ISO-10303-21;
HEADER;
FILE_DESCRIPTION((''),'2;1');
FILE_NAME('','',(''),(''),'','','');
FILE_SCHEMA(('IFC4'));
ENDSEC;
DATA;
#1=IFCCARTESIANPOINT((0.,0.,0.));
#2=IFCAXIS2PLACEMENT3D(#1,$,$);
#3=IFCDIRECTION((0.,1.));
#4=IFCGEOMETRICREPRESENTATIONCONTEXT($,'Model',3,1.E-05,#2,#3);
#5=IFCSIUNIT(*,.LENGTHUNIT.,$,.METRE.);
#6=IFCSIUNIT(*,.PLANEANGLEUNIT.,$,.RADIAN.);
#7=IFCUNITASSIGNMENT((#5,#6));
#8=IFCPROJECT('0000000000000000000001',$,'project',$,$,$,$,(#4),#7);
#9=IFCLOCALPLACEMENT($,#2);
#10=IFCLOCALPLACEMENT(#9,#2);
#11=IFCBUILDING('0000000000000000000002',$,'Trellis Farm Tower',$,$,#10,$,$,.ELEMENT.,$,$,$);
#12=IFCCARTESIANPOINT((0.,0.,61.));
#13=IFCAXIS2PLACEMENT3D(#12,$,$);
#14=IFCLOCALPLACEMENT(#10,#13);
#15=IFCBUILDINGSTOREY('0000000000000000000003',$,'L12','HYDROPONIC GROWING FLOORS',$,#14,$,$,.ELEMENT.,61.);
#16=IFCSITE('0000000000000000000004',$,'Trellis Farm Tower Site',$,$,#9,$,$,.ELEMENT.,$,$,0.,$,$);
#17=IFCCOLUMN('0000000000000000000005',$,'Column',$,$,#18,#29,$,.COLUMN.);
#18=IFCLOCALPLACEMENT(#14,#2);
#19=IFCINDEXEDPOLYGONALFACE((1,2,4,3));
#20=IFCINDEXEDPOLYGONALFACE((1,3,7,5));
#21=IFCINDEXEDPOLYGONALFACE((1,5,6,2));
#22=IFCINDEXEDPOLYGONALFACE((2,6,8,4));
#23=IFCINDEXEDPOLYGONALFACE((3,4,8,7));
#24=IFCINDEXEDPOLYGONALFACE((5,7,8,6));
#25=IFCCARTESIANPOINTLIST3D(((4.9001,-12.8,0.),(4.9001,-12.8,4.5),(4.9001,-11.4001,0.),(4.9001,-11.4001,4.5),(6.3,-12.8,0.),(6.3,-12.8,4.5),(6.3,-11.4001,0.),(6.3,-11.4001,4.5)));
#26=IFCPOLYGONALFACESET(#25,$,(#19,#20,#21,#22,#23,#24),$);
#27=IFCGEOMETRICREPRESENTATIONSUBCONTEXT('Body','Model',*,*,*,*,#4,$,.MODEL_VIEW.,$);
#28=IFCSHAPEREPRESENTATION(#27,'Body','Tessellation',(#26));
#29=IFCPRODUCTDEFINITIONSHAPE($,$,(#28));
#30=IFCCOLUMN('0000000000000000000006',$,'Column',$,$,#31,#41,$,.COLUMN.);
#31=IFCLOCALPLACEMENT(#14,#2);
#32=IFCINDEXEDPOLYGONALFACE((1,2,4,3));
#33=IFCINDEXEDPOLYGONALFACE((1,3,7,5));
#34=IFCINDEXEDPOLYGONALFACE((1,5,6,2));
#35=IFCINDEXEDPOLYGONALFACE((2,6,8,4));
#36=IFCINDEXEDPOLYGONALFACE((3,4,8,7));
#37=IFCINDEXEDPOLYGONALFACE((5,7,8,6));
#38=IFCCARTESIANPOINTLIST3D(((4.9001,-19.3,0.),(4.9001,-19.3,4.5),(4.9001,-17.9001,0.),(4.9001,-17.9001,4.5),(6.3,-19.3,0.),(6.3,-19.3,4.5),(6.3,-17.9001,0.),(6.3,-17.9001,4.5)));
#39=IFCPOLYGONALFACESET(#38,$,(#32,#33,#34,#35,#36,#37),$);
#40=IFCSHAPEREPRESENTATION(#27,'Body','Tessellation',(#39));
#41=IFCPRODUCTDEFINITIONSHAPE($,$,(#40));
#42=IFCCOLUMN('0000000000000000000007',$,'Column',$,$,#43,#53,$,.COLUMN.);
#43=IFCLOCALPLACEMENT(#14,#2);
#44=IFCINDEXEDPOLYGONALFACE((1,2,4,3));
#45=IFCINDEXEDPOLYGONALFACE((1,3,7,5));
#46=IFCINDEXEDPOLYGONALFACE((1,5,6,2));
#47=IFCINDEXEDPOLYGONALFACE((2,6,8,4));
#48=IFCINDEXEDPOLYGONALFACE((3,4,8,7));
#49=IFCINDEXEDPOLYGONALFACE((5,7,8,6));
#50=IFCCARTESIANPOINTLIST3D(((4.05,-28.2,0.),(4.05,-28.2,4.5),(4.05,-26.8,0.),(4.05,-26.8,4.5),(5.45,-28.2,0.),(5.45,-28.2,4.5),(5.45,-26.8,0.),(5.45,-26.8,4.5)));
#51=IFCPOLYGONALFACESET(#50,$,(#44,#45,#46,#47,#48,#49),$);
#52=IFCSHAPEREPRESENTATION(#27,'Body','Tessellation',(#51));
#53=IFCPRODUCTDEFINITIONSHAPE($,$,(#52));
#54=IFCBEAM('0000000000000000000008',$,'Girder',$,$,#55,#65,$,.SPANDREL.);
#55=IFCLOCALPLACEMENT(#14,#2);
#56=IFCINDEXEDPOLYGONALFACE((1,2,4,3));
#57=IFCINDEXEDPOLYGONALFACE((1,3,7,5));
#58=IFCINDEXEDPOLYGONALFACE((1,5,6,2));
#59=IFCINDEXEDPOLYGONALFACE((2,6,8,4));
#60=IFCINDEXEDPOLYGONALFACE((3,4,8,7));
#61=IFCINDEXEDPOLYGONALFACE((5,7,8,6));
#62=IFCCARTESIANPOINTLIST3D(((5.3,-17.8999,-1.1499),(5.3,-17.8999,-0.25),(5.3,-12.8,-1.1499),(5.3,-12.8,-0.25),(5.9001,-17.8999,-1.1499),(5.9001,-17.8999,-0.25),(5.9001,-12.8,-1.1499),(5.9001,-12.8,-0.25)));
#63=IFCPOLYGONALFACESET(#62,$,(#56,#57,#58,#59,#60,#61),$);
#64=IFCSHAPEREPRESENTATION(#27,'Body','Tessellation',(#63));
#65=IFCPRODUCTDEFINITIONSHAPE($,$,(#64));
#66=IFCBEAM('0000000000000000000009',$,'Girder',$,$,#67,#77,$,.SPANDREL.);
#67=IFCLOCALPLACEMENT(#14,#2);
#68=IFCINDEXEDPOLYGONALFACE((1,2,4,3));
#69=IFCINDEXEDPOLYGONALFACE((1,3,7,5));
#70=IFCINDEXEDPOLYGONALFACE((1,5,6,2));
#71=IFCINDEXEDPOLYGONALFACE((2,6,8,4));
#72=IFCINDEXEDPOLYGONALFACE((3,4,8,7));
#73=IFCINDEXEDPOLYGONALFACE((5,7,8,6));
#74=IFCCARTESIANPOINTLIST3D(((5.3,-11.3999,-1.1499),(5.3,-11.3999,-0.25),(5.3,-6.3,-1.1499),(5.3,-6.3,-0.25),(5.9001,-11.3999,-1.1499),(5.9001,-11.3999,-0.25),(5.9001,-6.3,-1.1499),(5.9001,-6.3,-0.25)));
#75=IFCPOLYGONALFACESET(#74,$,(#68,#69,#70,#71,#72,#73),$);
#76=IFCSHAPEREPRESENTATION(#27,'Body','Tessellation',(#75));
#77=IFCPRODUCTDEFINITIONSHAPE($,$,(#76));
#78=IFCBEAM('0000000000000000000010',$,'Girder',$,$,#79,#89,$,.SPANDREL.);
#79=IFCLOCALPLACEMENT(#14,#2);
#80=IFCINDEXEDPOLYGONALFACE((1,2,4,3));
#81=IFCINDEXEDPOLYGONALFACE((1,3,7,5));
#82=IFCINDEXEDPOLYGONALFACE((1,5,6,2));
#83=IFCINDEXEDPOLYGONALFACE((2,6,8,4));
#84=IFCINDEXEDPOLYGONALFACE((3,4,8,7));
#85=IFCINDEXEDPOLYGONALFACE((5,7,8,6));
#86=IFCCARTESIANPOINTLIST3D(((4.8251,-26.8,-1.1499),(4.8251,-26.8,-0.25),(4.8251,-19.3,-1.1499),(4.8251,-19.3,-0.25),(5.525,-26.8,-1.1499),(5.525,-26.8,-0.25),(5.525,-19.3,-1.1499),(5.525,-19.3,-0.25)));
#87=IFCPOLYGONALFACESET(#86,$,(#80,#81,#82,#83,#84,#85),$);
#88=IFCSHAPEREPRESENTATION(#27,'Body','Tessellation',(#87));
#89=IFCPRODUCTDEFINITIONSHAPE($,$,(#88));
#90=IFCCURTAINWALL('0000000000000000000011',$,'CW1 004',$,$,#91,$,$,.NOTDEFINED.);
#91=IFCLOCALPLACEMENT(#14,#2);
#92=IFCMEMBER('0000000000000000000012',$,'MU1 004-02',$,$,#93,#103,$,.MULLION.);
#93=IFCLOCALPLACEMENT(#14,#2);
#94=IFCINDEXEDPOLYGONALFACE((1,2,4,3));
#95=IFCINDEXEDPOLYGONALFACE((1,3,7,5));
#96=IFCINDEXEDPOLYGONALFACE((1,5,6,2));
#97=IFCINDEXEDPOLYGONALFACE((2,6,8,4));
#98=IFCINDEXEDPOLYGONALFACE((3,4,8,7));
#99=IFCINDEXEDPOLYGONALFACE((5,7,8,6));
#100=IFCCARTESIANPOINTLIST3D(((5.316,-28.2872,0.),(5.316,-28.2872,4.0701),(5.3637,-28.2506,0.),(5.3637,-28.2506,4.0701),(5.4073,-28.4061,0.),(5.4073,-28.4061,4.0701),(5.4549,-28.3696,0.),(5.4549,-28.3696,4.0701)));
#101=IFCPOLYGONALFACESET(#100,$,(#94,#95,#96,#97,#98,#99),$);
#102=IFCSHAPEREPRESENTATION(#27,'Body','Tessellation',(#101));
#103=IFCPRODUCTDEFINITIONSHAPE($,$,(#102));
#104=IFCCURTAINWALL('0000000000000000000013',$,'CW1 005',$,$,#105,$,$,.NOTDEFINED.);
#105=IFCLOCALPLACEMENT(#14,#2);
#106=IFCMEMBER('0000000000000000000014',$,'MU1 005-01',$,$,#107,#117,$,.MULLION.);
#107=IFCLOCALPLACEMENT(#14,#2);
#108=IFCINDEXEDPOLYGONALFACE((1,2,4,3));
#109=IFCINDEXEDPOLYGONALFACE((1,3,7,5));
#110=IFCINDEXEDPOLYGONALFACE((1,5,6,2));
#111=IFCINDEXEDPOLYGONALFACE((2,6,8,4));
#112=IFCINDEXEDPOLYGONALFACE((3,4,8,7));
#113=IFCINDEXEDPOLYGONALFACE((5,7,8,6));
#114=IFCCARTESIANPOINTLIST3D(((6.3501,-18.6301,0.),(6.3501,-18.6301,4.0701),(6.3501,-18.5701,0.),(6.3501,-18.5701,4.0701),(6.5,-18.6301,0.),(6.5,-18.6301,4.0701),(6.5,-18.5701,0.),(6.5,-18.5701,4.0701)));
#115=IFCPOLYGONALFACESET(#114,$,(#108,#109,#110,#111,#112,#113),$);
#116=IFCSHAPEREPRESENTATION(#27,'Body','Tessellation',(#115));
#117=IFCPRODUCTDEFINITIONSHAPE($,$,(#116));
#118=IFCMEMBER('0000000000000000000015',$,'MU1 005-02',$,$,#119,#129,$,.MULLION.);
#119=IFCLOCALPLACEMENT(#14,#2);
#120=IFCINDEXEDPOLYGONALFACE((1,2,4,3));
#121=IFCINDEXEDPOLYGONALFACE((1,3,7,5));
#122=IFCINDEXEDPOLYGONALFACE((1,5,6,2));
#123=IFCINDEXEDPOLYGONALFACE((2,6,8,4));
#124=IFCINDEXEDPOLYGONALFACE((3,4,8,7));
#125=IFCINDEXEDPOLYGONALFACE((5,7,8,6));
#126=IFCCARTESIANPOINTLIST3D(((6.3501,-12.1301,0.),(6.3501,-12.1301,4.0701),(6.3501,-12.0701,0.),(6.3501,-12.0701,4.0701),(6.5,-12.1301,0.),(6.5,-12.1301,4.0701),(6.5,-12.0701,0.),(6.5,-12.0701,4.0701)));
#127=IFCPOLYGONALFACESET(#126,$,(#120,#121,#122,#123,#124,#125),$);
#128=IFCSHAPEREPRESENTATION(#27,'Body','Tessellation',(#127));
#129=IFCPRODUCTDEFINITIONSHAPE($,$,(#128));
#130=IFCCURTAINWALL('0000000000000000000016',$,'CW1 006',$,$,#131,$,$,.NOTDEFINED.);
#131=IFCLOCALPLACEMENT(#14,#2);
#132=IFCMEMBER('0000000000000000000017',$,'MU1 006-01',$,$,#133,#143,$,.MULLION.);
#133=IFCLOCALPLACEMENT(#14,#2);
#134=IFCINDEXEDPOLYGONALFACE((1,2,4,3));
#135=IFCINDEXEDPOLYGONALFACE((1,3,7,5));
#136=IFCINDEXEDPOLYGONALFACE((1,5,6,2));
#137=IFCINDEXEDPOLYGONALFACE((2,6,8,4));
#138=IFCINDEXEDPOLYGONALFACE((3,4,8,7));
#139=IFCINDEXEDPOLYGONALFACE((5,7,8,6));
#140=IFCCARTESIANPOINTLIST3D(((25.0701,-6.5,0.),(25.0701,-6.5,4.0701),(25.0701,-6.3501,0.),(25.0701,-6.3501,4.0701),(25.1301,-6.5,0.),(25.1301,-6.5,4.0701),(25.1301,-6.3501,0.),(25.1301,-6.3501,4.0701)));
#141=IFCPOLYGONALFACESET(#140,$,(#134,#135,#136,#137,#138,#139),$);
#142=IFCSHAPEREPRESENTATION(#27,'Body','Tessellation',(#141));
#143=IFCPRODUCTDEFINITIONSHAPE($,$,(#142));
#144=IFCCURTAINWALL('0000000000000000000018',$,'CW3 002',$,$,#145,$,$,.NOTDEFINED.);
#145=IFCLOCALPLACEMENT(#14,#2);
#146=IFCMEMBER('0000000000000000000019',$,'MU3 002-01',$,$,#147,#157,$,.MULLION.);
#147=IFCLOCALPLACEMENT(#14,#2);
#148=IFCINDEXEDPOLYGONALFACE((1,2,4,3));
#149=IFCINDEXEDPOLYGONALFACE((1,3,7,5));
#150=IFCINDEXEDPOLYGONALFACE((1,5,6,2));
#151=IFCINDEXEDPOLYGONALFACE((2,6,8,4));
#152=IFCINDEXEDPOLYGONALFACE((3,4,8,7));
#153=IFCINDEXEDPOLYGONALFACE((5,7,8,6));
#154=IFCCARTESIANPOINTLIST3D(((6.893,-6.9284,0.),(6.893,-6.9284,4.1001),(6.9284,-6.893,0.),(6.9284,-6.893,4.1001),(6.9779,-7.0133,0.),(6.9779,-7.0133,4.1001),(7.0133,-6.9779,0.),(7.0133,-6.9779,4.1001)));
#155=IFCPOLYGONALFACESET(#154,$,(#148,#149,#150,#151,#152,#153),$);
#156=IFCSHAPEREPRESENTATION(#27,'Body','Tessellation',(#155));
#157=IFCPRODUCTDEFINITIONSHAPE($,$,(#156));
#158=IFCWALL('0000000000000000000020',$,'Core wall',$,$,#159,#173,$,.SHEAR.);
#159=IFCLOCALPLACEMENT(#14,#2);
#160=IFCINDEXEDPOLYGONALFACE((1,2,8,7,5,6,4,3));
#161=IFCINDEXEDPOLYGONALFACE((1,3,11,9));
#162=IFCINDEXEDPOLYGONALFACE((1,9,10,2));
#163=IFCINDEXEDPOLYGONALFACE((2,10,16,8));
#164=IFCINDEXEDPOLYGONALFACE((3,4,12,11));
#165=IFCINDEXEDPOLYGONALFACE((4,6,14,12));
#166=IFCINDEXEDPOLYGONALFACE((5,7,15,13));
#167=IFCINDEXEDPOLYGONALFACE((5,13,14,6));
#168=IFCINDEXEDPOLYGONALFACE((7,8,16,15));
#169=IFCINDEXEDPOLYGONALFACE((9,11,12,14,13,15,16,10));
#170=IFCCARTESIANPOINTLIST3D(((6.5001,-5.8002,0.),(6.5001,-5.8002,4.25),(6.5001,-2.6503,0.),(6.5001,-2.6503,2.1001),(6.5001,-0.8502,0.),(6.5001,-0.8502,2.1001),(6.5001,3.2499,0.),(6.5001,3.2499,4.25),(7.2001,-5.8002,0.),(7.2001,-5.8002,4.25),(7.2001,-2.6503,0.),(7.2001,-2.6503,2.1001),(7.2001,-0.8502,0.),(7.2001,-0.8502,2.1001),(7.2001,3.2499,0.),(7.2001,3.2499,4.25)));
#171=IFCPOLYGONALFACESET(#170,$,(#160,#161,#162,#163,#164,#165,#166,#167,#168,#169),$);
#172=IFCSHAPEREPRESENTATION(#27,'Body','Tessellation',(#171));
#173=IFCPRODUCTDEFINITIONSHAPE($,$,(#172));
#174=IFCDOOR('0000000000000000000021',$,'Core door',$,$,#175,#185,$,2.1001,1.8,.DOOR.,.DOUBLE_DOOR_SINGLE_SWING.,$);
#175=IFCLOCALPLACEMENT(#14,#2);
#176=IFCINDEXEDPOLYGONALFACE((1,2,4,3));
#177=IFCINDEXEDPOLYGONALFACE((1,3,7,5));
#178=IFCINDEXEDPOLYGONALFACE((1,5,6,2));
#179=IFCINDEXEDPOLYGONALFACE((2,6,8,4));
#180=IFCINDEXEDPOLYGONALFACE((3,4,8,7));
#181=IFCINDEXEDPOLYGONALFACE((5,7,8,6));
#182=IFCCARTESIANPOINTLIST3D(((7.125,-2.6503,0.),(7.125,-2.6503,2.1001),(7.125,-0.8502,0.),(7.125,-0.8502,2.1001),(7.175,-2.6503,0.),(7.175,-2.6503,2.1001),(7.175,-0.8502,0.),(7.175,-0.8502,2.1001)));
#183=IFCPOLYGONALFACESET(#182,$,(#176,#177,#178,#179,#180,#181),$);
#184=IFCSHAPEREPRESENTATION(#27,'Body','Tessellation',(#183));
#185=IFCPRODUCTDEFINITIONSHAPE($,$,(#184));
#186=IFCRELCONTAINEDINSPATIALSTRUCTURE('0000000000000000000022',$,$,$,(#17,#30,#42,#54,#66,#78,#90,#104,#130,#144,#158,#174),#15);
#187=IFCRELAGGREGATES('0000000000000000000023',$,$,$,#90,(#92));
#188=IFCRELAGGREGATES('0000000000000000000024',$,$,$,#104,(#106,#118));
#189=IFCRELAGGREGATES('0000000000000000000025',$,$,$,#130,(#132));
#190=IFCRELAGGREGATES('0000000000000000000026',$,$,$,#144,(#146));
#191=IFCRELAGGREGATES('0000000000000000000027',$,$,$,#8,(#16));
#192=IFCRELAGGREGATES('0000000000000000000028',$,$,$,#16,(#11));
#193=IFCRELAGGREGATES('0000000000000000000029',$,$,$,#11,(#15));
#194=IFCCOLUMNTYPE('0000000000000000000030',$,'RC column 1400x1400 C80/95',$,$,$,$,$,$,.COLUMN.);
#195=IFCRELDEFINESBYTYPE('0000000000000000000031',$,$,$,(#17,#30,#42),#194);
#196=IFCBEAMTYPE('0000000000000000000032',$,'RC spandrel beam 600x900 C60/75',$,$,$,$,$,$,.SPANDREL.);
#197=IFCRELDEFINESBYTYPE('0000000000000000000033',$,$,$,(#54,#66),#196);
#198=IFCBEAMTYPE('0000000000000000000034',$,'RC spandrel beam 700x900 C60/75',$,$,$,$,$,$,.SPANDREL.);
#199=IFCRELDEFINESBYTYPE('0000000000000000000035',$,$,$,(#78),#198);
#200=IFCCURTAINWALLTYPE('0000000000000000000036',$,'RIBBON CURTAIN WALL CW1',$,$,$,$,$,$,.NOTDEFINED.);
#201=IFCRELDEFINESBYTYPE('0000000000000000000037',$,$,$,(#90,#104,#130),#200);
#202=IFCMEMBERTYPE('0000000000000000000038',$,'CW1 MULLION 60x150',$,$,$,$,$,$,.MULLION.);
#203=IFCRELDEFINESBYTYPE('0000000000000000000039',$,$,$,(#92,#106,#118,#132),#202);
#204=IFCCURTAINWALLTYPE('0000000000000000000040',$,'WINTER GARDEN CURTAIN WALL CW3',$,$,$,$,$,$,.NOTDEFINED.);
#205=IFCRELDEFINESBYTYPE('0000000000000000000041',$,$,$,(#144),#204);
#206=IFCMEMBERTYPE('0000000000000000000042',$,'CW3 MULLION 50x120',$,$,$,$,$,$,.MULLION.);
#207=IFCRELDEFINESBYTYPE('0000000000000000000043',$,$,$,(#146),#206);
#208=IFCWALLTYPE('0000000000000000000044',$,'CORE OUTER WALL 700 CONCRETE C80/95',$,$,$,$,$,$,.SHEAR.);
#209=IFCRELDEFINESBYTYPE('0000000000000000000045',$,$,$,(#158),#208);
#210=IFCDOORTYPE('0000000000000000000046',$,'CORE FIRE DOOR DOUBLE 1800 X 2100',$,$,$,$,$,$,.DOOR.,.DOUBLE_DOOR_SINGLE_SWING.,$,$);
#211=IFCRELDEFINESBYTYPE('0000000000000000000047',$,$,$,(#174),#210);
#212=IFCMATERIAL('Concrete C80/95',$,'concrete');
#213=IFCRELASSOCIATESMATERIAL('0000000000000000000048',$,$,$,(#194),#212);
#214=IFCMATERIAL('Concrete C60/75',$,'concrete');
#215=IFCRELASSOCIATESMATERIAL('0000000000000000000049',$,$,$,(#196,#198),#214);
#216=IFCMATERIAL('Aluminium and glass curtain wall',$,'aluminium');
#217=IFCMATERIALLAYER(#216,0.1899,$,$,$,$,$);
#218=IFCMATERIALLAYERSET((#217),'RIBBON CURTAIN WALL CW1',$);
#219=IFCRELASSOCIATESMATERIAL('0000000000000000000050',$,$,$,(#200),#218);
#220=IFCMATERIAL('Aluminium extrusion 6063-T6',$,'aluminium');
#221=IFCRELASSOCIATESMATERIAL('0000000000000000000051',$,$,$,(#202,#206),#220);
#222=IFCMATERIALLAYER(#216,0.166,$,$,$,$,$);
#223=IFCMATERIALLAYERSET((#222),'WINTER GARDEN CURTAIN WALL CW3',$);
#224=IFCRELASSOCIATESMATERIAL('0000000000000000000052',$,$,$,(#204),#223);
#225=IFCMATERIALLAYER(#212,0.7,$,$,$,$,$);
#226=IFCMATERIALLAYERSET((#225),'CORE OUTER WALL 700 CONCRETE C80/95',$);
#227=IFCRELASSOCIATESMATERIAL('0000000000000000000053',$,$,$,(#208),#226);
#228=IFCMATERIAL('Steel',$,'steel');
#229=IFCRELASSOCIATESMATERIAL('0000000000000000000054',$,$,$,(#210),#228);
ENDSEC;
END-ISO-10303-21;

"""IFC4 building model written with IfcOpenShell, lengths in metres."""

from ifc_helpers import new_model, si_unit, direction, frame, frame_2d, origin, origin_2d, place, context, subcontext, project, spatial, rectangle, extrude, source, transform, mapped, material, layer, layer_set, material_profile, profile_set, type_object, element, fill, aggregate, save


model = new_model("IFC4")

# Units and contexts
model_context = context("Model", 3, precision=1e-05, world=origin(), true_north=direction((0.0, 1.0)))
body_context = subcontext(model_context, "Body", "Model", "MODEL_VIEW")
ifc_project = project(units=[si_unit("LENGTHUNIT", "METRE"), si_unit("PLANEANGLEUNIT", "RADIAN")], contexts=[model_context])

# Site, building, storey
site_placement = place(None, origin())
site = spatial("IfcSite", under=ifc_project, at=site_placement, Name="Trellis Farm Tower Site", CompositionType="ELEMENT", RefElevation=0.0)
building_placement = place(site_placement, origin())
building = spatial("IfcBuilding", under=site, at=building_placement, Name="Trellis Farm Tower", CompositionType="ELEMENT")
storey_placement = place(building_placement, frame((0.0, 0.0, 61.0)))
storey = spatial("IfcBuildingStorey", under=building, at=storey_placement, Name="L12", Description="HYDROPONIC GROWING FLOORS", CompositionType="ELEMENT", Elevation=61.0)

# Columns
ifc_material_1 = material(Name="Concrete C80/95", Category="concrete")
ifc_material_profile_1 = material_profile(ifc_material_1, rectangle(XDim=1.3999, YDim=1.3999, at=origin_2d()), Name="RC column 1400x1400 C80/95")
ifc_profile_set_1 = profile_set([ifc_material_profile_1], Name="Concrete C80/95")
column_type = type_object("IfcColumnType", Name="RC column 1400x1400 C80/95", PredefinedType="COLUMN", material=ifc_profile_set_1)
shared_shape_1 = source(origin(), body_context, "Body", "SweptSolid", [
    extrude(rectangle(XDim=1.3999, YDim=1.3999, at=origin_2d()), origin(), (0.0, 0.0, 1.0), 4.5),
])
for number, where, z_axis, x_axis, name in (
    (1, (5.6001, -12.1001, 0.0), (0.0, 0.0, 1.0), (1.0, 0.0, 0.0), "Column"),
    (2, (5.6001, -18.6001, 0.0), (0.0, 0.0, 1.0), (1.0, 0.0, 0.0), "Column"),
    (3, (4.75, -27.5, 0.0), (0.0, 0.0, 1.0), (1.0, 0.0, 0.0), "Column"),
):
    element("IfcColumn", number, at=place(storey_placement, frame(where, z_axis=z_axis, x_axis=x_axis)), inside=storey, type_object=column_type, Name=name, PredefinedType="COLUMN", context=body_context, shape_type="MappedRepresentation", body=[
        mapped(shared_shape_1, transform((0.0, 0.0, 0.0))),
    ])

# Beams
ifc_material_2 = material(Name="Concrete C60/75", Category="concrete")
ifc_material_profile_2 = material_profile(ifc_material_2, rectangle(XDim=0.6001, YDim=0.8999, at=origin_2d()), Name="RC spandrel beam 600x900 C60/75")
ifc_profile_set_2 = profile_set([ifc_material_profile_2], Name="Concrete C60/75")
beam_type_1 = type_object("IfcBeamType", Name="RC spandrel beam 600x900 C60/75", PredefinedType="SPANDREL", material=ifc_profile_set_2)
shared_shape_2 = source(origin(), body_context, "Body", "SweptSolid", [
    extrude(rectangle(XDim=0.6001, YDim=0.8999, at=origin_2d()), origin(), (0.0, 0.0, 1.0), 5.0999),
])
for number, where, z_axis, x_axis, name in (
    (4, (5.6001, -17.8999, -0.7), (0.0, 1.0, 0.0), (-1.0, 0.0, 0.0), "Girder"),
    (5, (5.6001, -11.3999, -0.7), (0.0, 1.0, 0.0), (-1.0, 0.0, 0.0), "Girder"),
):
    element("IfcBeam", number, at=place(storey_placement, frame(where, z_axis=z_axis, x_axis=x_axis)), inside=storey, type_object=beam_type_1, Name=name, PredefinedType="SPANDREL", context=body_context, shape_type="MappedRepresentation", body=[
        mapped(shared_shape_2, transform((0.0, 0.0, 0.0))),
    ])
ifc_material_profile_3 = material_profile(ifc_material_2, rectangle(XDim=0.7, YDim=0.8999, at=origin_2d()), Name="RC spandrel beam 700x900 C60/75")
ifc_profile_set_3 = profile_set([ifc_material_profile_3], Name="Concrete C60/75")
beam_type_2 = type_object("IfcBeamType", Name="RC spandrel beam 700x900 C60/75", PredefinedType="SPANDREL", material=ifc_profile_set_3)
shared_shape_3 = source(origin(), body_context, "Body", "SweptSolid", [
    extrude(rectangle(XDim=0.7, YDim=0.8999, at=origin_2d()), origin(), (0.0, 0.0, 1.0), 7.5),
])
beam_placement = place(storey_placement, frame((5.175, -26.8, -0.7), z_axis=(0.0, 1.0, 0.0), x_axis=(-1.0, 0.0, 0.0)))
element("IfcBeam", 6, at=beam_placement, inside=storey, type_object=beam_type_2, Name="Girder", PredefinedType="SPANDREL", context=body_context, shape_type="MappedRepresentation", body=[
    mapped(shared_shape_3, transform((0.0, 0.0, 0.0))),
])

# Curtain wall, member
ifc_material_3 = material(Name="Aluminium and glass curtain wall", Category="aluminium")
ifc_layer_1 = layer(ifc_material_3, 0.1899)
ifc_layer_set_1 = layer_set([ifc_layer_1], Name="RIBBON CURTAIN WALL CW1")
curtain_wall_type_1 = type_object("IfcCurtainWallType", Name="RIBBON CURTAIN WALL CW1", PredefinedType="NOTDEFINED", material=ifc_layer_set_1)
placement = place(storey_placement, origin())
curtain_wall_1 = element("IfcCurtainWall", 7, at=placement, inside=storey, type_object=curtain_wall_type_1, Name="CW1 004", PredefinedType="NOTDEFINED")
ifc_material_4 = material(Name="Aluminium extrusion 6063-T6", Category="aluminium")
ifc_material_profile_4 = material_profile(ifc_material_4, rectangle(XDim=0.0601, YDim=0.1499, at=origin_2d()), Name="MULLION 60x150")
ifc_profile_set_4 = profile_set([ifc_material_profile_4], Name="Aluminium extrusion 6063-T6")
member_type_1 = type_object("IfcMemberType", Name="CW1 MULLION 60x150", PredefinedType="MULLION", material=ifc_profile_set_4)
shared_shape_4 = source(origin(), body_context, "Body", "SweptSolid", [
    extrude(rectangle(XDim=0.0601, YDim=0.1499, at=origin_2d()), origin(), (0.0, 0.0, 1.0), 4.0701),
])
member_1_placement = place(storey_placement, frame((5.3855, -28.3284, 0.0), z_axis=(0.0, 0.0, 1.0), x_axis=(0.793353, 0.608761, 0.0)))
member_1 = element("IfcMember", 8, at=member_1_placement, type_object=member_type_1, Name="MU1 004-02", PredefinedType="MULLION", context=body_context, shape_type="MappedRepresentation", body=[
    mapped(shared_shape_4, transform((0.0, 0.0, 0.0))),
])
aggregate(curtain_wall_1, [member_1])

# Curtain wall, members
curtain_wall_2 = element("IfcCurtainWall", 9, at=placement, inside=storey, type_object=curtain_wall_type_1, Name="CW1 005", PredefinedType="NOTDEFINED")
member_2_placement = place(storey_placement, frame((6.425, -18.6001, 0.0), z_axis=(0.0, 0.0, 1.0), x_axis=(0.0, 1.0, 0.0)))
member_2 = element("IfcMember", 10, at=member_2_placement, type_object=member_type_1, Name="MU1 005-01", PredefinedType="MULLION", context=body_context, shape_type="MappedRepresentation", body=[
    mapped(shared_shape_4, transform((0.0, 0.0, 0.0))),
])
member_3_placement = place(storey_placement, frame((6.425, -12.1001, 0.0), z_axis=(0.0, 0.0, 1.0), x_axis=(0.0, 1.0, 0.0)))
member_3 = element("IfcMember", 11, at=member_3_placement, type_object=member_type_1, Name="MU1 005-02", PredefinedType="MULLION", context=body_context, shape_type="MappedRepresentation", body=[
    mapped(shared_shape_4, transform((0.0, 0.0, 0.0))),
])
aggregate(curtain_wall_2, [member_2, member_3])

# Curtain walls, members
curtain_wall_3 = element("IfcCurtainWall", 12, at=placement, inside=storey, type_object=curtain_wall_type_1, Name="CW1 006", PredefinedType="NOTDEFINED")
member_4_placement = place(storey_placement, frame((25.1001, -6.425, 0.0), z_axis=(0.0, 0.0, 1.0), x_axis=(1.0, 0.0, 0.0)))
member_4 = element("IfcMember", 13, at=member_4_placement, type_object=member_type_1, Name="MU1 006-01", PredefinedType="MULLION", context=body_context, shape_type="MappedRepresentation", body=[
    mapped(shared_shape_4, transform((0.0, 0.0, 0.0))),
])
aggregate(curtain_wall_3, [member_4])
ifc_layer_2 = layer(ifc_material_3, 0.166)
ifc_layer_set_2 = layer_set([ifc_layer_2], Name="WINTER GARDEN CURTAIN WALL CW3")
curtain_wall_type_2 = type_object("IfcCurtainWallType", Name="WINTER GARDEN CURTAIN WALL CW3", PredefinedType="NOTDEFINED", material=ifc_layer_set_2)
curtain_wall_4 = element("IfcCurtainWall", 14, at=placement, inside=storey, type_object=curtain_wall_type_2, Name="CW3 002", PredefinedType="NOTDEFINED")
ifc_material_profile_5 = material_profile(ifc_material_4, rectangle(XDim=0.05, YDim=0.1201, at=origin_2d()), Name="MULLION 50x120")
ifc_profile_set_5 = profile_set([ifc_material_profile_5], Name="Aluminium extrusion 6063-T6")
member_type_2 = type_object("IfcMemberType", Name="CW3 MULLION 50x120", PredefinedType="MULLION", material=ifc_profile_set_5)
shared_shape_5 = source(origin(), body_context, "Body", "SweptSolid", [
    extrude(rectangle(XDim=0.05, YDim=0.1201, at=origin_2d()), origin(), (0.0, 0.0, 1.0), 4.1001),
])
member_5_placement = place(storey_placement, frame((6.9531, -6.9531, 0.0), z_axis=(0.0, 0.0, 1.0), x_axis=(0.707107, 0.707107, 0.0)))
member_5 = element("IfcMember", 15, at=member_5_placement, type_object=member_type_2, Name="MU3 002-01", PredefinedType="MULLION", context=body_context, shape_type="MappedRepresentation", body=[
    mapped(shared_shape_5, transform((0.0, 0.0, 0.0))),
])
aggregate(curtain_wall_4, [member_5])

# Wall, opening, door
ifc_layer_3 = layer(ifc_material_1, 0.7)
ifc_layer_set_3 = layer_set([ifc_layer_3], Name="CORE OUTER WALL 700 CONCRETE C80/95")
wall_type_1 = type_object("IfcWallType", Name="CORE OUTER WALL 700 CONCRETE C80/95", PredefinedType="SHEAR", material=ifc_layer_set_3)
shared_shape_6 = source(origin(), body_context, "Body", "SweptSolid", [
    extrude(rectangle(XDim=9.05, YDim=0.7, at=frame_2d((4.5249, 0.0))), origin(), (0.0, 0.0, 1.0), 4.25),
])
wall_1_placement = place(storey_placement, frame((6.8501, -5.8, 0.0), z_axis=(0.0, 0.0, 1.0), x_axis=(0.0, 1.0, 0.0)))
wall_1 = element("IfcWall", 16, at=wall_1_placement, inside=storey, type_object=wall_type_1, Name="Core wall", PredefinedType="SHEAR", context=body_context, shape_type="MappedRepresentation", body=[
    mapped(shared_shape_6, transform((0.0, 0.0, 0.0))),
])
shared_shape_7 = source(origin(), body_context, "Body", "SweptSolid", [
    extrude(rectangle(XDim=1.8, YDim=2.1001, at=frame_2d((0.8999, 1.05))), frame((0.0, 0.3601, 0.0), z_axis=(0.0, -1.0, 0.0), x_axis=(1.0, 0.0, 0.0)), (0.0, 0.0, 1.0), 0.7202),
])
opening_1_placement = place(wall_1_placement, frame((3.1499, 0.0, 0.0)))
opening_1 = element("IfcOpeningElement", 17, at=opening_1_placement, cuts=wall_1, PredefinedType="OPENING", context=body_context, shape_type="MappedRepresentation", body=[
    mapped(shared_shape_7, transform((0.0, 0.0, 0.0))),
])
ifc_material_5 = material(Name="Steel", Category="steel")
door_type_1 = type_object("IfcDoorType", Name="CORE FIRE DOOR DOUBLE 1800 X 2100", OperationType="DOUBLE_DOOR_SINGLE_SWING", PredefinedType="DOOR", material=ifc_material_5)
shared_shape_8 = source(origin(), body_context, "Body", "SweptSolid", [
    extrude(rectangle(XDim=1.8, YDim=2.1001, at=frame_2d((0.8999, 1.05))), frame((0.0, -0.2749, 0.0), z_axis=(0.0, -1.0, 0.0), x_axis=(1.0, 0.0, 0.0)), (0.0, 0.0, 1.0), 0.05),
])
door_1_placement = place(opening_1_placement, origin())
door_1 = element("IfcDoor", 18, at=door_1_placement, inside=storey, type_object=door_type_1, Name="Core door", OperationType="DOUBLE_DOOR_SINGLE_SWING", OverallHeight=2.1001, OverallWidth=1.8, PredefinedType="DOOR", context=body_context, shape_type="MappedRepresentation", body=[
    mapped(shared_shape_8, transform((0.0, 0.0, 0.0))),
])
fill(opening_1, door_1)

save(model, "model.ifc")
